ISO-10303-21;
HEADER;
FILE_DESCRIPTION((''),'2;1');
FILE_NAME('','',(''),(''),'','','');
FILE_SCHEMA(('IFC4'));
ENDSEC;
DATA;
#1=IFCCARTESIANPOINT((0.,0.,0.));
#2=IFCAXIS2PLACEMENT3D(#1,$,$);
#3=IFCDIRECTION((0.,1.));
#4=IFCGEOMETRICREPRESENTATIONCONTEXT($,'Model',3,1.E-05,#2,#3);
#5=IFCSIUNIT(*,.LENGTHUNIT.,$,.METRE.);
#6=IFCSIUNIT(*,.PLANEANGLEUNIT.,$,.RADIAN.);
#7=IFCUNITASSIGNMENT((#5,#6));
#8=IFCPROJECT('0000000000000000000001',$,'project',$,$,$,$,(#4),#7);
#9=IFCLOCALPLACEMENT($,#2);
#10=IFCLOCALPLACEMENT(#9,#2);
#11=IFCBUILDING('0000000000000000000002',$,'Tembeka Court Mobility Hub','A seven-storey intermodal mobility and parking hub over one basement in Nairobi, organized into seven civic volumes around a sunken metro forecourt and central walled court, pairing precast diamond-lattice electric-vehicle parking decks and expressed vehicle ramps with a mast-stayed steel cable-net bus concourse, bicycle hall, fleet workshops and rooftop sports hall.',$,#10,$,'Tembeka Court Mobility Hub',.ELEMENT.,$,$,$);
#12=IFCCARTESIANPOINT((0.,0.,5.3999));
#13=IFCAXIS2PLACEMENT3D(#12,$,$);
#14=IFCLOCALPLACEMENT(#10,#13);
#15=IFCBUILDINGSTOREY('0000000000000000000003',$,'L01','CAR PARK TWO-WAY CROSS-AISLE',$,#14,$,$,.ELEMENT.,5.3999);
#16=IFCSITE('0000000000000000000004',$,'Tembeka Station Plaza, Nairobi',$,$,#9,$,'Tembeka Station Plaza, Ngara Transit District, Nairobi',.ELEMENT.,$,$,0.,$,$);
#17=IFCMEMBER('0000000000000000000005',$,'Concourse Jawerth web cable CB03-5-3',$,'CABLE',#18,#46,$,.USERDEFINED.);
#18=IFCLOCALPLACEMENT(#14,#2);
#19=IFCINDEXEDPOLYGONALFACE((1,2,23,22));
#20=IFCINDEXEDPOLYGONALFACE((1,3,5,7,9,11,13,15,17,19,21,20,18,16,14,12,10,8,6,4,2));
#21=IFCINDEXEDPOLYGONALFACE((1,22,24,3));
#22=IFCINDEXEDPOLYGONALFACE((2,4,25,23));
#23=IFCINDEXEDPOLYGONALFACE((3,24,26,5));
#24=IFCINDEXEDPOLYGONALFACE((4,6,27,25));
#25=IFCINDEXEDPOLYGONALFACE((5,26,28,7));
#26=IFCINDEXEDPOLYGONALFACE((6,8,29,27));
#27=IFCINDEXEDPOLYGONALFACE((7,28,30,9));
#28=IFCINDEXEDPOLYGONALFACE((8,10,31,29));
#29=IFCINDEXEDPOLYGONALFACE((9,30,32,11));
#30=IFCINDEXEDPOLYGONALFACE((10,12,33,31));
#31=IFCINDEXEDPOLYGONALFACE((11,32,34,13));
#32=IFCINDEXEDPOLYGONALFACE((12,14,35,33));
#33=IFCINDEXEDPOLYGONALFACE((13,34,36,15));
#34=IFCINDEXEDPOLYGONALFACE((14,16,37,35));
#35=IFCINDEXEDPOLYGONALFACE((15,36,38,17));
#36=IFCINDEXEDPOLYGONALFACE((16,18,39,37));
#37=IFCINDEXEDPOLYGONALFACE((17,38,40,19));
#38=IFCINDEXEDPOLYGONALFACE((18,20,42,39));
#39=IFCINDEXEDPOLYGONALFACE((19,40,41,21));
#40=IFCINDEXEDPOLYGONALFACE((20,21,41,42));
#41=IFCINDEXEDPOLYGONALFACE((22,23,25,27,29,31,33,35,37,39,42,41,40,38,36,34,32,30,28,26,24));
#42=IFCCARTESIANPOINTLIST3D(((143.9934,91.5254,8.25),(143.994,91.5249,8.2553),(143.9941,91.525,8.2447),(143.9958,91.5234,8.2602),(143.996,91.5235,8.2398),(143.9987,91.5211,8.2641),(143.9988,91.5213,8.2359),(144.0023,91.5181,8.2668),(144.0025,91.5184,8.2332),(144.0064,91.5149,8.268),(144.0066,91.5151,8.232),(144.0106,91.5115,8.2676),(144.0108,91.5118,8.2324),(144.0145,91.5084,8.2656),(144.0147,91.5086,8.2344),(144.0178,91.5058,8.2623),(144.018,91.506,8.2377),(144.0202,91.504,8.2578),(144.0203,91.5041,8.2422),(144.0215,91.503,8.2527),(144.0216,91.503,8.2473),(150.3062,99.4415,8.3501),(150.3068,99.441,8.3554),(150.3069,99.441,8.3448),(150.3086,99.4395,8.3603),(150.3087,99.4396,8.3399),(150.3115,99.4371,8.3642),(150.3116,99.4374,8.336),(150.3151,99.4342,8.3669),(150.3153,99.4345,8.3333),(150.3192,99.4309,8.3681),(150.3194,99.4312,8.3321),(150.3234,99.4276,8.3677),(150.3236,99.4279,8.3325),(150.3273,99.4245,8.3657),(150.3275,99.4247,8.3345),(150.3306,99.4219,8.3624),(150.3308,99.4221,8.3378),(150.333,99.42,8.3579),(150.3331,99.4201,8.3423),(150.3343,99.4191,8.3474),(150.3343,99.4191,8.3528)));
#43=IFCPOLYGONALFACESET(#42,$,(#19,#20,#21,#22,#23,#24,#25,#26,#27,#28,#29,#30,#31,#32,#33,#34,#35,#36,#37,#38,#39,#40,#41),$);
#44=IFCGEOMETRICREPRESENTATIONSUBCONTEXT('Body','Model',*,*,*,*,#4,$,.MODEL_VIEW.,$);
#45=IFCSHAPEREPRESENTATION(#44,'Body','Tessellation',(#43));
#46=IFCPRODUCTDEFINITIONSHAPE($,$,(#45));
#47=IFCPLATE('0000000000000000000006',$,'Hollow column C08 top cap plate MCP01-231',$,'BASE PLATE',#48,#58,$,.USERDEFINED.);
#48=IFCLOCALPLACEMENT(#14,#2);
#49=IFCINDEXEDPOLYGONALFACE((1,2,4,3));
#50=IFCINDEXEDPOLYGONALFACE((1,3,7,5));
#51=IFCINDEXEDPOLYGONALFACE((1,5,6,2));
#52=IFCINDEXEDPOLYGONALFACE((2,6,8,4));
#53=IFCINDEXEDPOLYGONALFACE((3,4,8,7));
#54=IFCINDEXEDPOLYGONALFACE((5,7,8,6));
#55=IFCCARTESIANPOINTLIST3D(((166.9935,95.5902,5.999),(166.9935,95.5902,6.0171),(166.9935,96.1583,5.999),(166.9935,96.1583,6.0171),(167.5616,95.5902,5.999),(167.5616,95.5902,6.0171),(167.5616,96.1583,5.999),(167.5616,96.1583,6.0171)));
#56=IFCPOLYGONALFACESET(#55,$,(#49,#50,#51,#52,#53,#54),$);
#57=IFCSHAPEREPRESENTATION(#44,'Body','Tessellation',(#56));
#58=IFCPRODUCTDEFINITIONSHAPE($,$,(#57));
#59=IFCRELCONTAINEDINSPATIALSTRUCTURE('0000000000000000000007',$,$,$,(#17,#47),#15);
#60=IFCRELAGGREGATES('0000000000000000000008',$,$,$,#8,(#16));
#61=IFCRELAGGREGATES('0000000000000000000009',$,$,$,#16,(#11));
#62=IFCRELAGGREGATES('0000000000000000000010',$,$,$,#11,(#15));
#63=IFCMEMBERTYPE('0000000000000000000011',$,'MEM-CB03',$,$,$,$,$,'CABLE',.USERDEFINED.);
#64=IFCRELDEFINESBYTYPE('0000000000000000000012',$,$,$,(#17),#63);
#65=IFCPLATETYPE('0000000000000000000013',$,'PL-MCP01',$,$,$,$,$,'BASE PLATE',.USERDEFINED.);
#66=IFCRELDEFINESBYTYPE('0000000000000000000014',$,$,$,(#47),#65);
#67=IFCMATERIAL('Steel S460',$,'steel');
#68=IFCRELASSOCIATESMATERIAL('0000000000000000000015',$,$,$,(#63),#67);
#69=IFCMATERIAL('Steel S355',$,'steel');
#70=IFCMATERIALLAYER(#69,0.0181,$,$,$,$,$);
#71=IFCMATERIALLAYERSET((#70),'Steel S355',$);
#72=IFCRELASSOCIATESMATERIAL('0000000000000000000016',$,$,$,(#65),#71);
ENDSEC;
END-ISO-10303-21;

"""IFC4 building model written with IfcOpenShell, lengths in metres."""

from ifc_helpers import new_model, si_unit, direction, frame, origin, origin_2d, place, context, subcontext, project, spatial, rectangle, circle, extrude, material, layer, layer_set, material_profile, profile_set, type_object, element, save


model = new_model("IFC4")

# Units and contexts
model_context = context("Model", 3, precision=1e-05, world=origin(), true_north=direction((0.0, 1.0)))
body_context = subcontext(model_context, "Body", "Model", "MODEL_VIEW")
ifc_project = project(units=[si_unit("LENGTHUNIT", "METRE"), si_unit("PLANEANGLEUNIT", "RADIAN")], contexts=[model_context])

# Site, building, storey
site_placement = place(None, origin())
site = spatial("IfcSite", under=ifc_project, at=site_placement, Name="Tembeka Station Plaza, Nairobi", LongName="Tembeka Station Plaza, Ngara Transit District, Nairobi", CompositionType="ELEMENT", RefElevation=0.0)
building_placement = place(site_placement, origin())
building = spatial("IfcBuilding", under=site, at=building_placement, Name="Tembeka Court Mobility Hub", Description="A seven-storey intermodal mobility and parking hub over one basement in Nairobi, organized into seven civic volumes around a sunken metro forecourt and central walled court, pairing precast diamond-lattice electric-vehicle parking decks and expressed vehicle ramps with a mast-stayed steel cable-net bus concourse, bicycle hall, fleet workshops and rooftop sports hall.", LongName="Tembeka Court Mobility Hub", CompositionType="ELEMENT")
storey_placement = place(building_placement, frame((0.0, 0.0, 5.3999)))
storey = spatial("IfcBuildingStorey", under=building, at=storey_placement, Name="L01", Description="CAR PARK TWO-WAY CROSS-AISLE", CompositionType="ELEMENT", Elevation=5.3999)

# Shared definitions
ifc_material_1 = material(Name="Steel S355", Category="steel")

# Member
ifc_material_2 = material(Name="Steel S460", Category="steel")
ifc_material_profile_1 = material_profile(ifc_material_2, circle(Radius=0.0181, at=origin_2d()), Name="CABLE D36")
ifc_profile_set_1 = profile_set([ifc_material_profile_1], Name="Steel S460")
member_type_1 = type_object("IfcMemberType", Name="MEM-CB03", ElementType="CABLE", PredefinedType="USERDEFINED", material=ifc_profile_set_1)
member_1_placement = place(storey_placement, frame((144.0076, 91.5142, 8.25), z_axis=(0.623455, 0.781797, 0.009886), x_axis=(-0.781835, 0.623486, 0.0)))
element("IfcMember", 1, at=member_1_placement, inside=storey, type_object=member_type_1, Name="Concourse Jawerth web cable CB03-5-3", ObjectType="CABLE", PredefinedType="USERDEFINED", context=body_context, shape_type="SweptSolid", body=[
    extrude(circle(Radius=0.0181, at=origin_2d()), origin(), (0.0, 0.0, 1.0), 10.1255),
])

# Plate
ifc_layer = layer(ifc_material_1, 0.0181)
ifc_layer_set = layer_set([ifc_layer], Name="Steel S355")
plate_type = type_object("IfcPlateType", Name="PL-MCP01", ElementType="BASE PLATE", PredefinedType="USERDEFINED", material=ifc_layer_set)
plate_placement = place(storey_placement, frame((167.2776, 95.8743, 5.999), z_axis=(0.0, 0.0, 1.0), x_axis=(1.0, 0.0, 0.0)))
element("IfcPlate", 2, at=plate_placement, inside=storey, type_object=plate_type, Name="Hollow column C08 top cap plate MCP01-231", ObjectType="BASE PLATE", PredefinedType="USERDEFINED", context=body_context, shape_type="SweptSolid", body=[
    extrude(rectangle(XDim=0.5681, YDim=0.5681, at=origin_2d()), origin(), (0.0, 0.0, 1.0), 0.0181),
])

save(model, "model.ifc")
